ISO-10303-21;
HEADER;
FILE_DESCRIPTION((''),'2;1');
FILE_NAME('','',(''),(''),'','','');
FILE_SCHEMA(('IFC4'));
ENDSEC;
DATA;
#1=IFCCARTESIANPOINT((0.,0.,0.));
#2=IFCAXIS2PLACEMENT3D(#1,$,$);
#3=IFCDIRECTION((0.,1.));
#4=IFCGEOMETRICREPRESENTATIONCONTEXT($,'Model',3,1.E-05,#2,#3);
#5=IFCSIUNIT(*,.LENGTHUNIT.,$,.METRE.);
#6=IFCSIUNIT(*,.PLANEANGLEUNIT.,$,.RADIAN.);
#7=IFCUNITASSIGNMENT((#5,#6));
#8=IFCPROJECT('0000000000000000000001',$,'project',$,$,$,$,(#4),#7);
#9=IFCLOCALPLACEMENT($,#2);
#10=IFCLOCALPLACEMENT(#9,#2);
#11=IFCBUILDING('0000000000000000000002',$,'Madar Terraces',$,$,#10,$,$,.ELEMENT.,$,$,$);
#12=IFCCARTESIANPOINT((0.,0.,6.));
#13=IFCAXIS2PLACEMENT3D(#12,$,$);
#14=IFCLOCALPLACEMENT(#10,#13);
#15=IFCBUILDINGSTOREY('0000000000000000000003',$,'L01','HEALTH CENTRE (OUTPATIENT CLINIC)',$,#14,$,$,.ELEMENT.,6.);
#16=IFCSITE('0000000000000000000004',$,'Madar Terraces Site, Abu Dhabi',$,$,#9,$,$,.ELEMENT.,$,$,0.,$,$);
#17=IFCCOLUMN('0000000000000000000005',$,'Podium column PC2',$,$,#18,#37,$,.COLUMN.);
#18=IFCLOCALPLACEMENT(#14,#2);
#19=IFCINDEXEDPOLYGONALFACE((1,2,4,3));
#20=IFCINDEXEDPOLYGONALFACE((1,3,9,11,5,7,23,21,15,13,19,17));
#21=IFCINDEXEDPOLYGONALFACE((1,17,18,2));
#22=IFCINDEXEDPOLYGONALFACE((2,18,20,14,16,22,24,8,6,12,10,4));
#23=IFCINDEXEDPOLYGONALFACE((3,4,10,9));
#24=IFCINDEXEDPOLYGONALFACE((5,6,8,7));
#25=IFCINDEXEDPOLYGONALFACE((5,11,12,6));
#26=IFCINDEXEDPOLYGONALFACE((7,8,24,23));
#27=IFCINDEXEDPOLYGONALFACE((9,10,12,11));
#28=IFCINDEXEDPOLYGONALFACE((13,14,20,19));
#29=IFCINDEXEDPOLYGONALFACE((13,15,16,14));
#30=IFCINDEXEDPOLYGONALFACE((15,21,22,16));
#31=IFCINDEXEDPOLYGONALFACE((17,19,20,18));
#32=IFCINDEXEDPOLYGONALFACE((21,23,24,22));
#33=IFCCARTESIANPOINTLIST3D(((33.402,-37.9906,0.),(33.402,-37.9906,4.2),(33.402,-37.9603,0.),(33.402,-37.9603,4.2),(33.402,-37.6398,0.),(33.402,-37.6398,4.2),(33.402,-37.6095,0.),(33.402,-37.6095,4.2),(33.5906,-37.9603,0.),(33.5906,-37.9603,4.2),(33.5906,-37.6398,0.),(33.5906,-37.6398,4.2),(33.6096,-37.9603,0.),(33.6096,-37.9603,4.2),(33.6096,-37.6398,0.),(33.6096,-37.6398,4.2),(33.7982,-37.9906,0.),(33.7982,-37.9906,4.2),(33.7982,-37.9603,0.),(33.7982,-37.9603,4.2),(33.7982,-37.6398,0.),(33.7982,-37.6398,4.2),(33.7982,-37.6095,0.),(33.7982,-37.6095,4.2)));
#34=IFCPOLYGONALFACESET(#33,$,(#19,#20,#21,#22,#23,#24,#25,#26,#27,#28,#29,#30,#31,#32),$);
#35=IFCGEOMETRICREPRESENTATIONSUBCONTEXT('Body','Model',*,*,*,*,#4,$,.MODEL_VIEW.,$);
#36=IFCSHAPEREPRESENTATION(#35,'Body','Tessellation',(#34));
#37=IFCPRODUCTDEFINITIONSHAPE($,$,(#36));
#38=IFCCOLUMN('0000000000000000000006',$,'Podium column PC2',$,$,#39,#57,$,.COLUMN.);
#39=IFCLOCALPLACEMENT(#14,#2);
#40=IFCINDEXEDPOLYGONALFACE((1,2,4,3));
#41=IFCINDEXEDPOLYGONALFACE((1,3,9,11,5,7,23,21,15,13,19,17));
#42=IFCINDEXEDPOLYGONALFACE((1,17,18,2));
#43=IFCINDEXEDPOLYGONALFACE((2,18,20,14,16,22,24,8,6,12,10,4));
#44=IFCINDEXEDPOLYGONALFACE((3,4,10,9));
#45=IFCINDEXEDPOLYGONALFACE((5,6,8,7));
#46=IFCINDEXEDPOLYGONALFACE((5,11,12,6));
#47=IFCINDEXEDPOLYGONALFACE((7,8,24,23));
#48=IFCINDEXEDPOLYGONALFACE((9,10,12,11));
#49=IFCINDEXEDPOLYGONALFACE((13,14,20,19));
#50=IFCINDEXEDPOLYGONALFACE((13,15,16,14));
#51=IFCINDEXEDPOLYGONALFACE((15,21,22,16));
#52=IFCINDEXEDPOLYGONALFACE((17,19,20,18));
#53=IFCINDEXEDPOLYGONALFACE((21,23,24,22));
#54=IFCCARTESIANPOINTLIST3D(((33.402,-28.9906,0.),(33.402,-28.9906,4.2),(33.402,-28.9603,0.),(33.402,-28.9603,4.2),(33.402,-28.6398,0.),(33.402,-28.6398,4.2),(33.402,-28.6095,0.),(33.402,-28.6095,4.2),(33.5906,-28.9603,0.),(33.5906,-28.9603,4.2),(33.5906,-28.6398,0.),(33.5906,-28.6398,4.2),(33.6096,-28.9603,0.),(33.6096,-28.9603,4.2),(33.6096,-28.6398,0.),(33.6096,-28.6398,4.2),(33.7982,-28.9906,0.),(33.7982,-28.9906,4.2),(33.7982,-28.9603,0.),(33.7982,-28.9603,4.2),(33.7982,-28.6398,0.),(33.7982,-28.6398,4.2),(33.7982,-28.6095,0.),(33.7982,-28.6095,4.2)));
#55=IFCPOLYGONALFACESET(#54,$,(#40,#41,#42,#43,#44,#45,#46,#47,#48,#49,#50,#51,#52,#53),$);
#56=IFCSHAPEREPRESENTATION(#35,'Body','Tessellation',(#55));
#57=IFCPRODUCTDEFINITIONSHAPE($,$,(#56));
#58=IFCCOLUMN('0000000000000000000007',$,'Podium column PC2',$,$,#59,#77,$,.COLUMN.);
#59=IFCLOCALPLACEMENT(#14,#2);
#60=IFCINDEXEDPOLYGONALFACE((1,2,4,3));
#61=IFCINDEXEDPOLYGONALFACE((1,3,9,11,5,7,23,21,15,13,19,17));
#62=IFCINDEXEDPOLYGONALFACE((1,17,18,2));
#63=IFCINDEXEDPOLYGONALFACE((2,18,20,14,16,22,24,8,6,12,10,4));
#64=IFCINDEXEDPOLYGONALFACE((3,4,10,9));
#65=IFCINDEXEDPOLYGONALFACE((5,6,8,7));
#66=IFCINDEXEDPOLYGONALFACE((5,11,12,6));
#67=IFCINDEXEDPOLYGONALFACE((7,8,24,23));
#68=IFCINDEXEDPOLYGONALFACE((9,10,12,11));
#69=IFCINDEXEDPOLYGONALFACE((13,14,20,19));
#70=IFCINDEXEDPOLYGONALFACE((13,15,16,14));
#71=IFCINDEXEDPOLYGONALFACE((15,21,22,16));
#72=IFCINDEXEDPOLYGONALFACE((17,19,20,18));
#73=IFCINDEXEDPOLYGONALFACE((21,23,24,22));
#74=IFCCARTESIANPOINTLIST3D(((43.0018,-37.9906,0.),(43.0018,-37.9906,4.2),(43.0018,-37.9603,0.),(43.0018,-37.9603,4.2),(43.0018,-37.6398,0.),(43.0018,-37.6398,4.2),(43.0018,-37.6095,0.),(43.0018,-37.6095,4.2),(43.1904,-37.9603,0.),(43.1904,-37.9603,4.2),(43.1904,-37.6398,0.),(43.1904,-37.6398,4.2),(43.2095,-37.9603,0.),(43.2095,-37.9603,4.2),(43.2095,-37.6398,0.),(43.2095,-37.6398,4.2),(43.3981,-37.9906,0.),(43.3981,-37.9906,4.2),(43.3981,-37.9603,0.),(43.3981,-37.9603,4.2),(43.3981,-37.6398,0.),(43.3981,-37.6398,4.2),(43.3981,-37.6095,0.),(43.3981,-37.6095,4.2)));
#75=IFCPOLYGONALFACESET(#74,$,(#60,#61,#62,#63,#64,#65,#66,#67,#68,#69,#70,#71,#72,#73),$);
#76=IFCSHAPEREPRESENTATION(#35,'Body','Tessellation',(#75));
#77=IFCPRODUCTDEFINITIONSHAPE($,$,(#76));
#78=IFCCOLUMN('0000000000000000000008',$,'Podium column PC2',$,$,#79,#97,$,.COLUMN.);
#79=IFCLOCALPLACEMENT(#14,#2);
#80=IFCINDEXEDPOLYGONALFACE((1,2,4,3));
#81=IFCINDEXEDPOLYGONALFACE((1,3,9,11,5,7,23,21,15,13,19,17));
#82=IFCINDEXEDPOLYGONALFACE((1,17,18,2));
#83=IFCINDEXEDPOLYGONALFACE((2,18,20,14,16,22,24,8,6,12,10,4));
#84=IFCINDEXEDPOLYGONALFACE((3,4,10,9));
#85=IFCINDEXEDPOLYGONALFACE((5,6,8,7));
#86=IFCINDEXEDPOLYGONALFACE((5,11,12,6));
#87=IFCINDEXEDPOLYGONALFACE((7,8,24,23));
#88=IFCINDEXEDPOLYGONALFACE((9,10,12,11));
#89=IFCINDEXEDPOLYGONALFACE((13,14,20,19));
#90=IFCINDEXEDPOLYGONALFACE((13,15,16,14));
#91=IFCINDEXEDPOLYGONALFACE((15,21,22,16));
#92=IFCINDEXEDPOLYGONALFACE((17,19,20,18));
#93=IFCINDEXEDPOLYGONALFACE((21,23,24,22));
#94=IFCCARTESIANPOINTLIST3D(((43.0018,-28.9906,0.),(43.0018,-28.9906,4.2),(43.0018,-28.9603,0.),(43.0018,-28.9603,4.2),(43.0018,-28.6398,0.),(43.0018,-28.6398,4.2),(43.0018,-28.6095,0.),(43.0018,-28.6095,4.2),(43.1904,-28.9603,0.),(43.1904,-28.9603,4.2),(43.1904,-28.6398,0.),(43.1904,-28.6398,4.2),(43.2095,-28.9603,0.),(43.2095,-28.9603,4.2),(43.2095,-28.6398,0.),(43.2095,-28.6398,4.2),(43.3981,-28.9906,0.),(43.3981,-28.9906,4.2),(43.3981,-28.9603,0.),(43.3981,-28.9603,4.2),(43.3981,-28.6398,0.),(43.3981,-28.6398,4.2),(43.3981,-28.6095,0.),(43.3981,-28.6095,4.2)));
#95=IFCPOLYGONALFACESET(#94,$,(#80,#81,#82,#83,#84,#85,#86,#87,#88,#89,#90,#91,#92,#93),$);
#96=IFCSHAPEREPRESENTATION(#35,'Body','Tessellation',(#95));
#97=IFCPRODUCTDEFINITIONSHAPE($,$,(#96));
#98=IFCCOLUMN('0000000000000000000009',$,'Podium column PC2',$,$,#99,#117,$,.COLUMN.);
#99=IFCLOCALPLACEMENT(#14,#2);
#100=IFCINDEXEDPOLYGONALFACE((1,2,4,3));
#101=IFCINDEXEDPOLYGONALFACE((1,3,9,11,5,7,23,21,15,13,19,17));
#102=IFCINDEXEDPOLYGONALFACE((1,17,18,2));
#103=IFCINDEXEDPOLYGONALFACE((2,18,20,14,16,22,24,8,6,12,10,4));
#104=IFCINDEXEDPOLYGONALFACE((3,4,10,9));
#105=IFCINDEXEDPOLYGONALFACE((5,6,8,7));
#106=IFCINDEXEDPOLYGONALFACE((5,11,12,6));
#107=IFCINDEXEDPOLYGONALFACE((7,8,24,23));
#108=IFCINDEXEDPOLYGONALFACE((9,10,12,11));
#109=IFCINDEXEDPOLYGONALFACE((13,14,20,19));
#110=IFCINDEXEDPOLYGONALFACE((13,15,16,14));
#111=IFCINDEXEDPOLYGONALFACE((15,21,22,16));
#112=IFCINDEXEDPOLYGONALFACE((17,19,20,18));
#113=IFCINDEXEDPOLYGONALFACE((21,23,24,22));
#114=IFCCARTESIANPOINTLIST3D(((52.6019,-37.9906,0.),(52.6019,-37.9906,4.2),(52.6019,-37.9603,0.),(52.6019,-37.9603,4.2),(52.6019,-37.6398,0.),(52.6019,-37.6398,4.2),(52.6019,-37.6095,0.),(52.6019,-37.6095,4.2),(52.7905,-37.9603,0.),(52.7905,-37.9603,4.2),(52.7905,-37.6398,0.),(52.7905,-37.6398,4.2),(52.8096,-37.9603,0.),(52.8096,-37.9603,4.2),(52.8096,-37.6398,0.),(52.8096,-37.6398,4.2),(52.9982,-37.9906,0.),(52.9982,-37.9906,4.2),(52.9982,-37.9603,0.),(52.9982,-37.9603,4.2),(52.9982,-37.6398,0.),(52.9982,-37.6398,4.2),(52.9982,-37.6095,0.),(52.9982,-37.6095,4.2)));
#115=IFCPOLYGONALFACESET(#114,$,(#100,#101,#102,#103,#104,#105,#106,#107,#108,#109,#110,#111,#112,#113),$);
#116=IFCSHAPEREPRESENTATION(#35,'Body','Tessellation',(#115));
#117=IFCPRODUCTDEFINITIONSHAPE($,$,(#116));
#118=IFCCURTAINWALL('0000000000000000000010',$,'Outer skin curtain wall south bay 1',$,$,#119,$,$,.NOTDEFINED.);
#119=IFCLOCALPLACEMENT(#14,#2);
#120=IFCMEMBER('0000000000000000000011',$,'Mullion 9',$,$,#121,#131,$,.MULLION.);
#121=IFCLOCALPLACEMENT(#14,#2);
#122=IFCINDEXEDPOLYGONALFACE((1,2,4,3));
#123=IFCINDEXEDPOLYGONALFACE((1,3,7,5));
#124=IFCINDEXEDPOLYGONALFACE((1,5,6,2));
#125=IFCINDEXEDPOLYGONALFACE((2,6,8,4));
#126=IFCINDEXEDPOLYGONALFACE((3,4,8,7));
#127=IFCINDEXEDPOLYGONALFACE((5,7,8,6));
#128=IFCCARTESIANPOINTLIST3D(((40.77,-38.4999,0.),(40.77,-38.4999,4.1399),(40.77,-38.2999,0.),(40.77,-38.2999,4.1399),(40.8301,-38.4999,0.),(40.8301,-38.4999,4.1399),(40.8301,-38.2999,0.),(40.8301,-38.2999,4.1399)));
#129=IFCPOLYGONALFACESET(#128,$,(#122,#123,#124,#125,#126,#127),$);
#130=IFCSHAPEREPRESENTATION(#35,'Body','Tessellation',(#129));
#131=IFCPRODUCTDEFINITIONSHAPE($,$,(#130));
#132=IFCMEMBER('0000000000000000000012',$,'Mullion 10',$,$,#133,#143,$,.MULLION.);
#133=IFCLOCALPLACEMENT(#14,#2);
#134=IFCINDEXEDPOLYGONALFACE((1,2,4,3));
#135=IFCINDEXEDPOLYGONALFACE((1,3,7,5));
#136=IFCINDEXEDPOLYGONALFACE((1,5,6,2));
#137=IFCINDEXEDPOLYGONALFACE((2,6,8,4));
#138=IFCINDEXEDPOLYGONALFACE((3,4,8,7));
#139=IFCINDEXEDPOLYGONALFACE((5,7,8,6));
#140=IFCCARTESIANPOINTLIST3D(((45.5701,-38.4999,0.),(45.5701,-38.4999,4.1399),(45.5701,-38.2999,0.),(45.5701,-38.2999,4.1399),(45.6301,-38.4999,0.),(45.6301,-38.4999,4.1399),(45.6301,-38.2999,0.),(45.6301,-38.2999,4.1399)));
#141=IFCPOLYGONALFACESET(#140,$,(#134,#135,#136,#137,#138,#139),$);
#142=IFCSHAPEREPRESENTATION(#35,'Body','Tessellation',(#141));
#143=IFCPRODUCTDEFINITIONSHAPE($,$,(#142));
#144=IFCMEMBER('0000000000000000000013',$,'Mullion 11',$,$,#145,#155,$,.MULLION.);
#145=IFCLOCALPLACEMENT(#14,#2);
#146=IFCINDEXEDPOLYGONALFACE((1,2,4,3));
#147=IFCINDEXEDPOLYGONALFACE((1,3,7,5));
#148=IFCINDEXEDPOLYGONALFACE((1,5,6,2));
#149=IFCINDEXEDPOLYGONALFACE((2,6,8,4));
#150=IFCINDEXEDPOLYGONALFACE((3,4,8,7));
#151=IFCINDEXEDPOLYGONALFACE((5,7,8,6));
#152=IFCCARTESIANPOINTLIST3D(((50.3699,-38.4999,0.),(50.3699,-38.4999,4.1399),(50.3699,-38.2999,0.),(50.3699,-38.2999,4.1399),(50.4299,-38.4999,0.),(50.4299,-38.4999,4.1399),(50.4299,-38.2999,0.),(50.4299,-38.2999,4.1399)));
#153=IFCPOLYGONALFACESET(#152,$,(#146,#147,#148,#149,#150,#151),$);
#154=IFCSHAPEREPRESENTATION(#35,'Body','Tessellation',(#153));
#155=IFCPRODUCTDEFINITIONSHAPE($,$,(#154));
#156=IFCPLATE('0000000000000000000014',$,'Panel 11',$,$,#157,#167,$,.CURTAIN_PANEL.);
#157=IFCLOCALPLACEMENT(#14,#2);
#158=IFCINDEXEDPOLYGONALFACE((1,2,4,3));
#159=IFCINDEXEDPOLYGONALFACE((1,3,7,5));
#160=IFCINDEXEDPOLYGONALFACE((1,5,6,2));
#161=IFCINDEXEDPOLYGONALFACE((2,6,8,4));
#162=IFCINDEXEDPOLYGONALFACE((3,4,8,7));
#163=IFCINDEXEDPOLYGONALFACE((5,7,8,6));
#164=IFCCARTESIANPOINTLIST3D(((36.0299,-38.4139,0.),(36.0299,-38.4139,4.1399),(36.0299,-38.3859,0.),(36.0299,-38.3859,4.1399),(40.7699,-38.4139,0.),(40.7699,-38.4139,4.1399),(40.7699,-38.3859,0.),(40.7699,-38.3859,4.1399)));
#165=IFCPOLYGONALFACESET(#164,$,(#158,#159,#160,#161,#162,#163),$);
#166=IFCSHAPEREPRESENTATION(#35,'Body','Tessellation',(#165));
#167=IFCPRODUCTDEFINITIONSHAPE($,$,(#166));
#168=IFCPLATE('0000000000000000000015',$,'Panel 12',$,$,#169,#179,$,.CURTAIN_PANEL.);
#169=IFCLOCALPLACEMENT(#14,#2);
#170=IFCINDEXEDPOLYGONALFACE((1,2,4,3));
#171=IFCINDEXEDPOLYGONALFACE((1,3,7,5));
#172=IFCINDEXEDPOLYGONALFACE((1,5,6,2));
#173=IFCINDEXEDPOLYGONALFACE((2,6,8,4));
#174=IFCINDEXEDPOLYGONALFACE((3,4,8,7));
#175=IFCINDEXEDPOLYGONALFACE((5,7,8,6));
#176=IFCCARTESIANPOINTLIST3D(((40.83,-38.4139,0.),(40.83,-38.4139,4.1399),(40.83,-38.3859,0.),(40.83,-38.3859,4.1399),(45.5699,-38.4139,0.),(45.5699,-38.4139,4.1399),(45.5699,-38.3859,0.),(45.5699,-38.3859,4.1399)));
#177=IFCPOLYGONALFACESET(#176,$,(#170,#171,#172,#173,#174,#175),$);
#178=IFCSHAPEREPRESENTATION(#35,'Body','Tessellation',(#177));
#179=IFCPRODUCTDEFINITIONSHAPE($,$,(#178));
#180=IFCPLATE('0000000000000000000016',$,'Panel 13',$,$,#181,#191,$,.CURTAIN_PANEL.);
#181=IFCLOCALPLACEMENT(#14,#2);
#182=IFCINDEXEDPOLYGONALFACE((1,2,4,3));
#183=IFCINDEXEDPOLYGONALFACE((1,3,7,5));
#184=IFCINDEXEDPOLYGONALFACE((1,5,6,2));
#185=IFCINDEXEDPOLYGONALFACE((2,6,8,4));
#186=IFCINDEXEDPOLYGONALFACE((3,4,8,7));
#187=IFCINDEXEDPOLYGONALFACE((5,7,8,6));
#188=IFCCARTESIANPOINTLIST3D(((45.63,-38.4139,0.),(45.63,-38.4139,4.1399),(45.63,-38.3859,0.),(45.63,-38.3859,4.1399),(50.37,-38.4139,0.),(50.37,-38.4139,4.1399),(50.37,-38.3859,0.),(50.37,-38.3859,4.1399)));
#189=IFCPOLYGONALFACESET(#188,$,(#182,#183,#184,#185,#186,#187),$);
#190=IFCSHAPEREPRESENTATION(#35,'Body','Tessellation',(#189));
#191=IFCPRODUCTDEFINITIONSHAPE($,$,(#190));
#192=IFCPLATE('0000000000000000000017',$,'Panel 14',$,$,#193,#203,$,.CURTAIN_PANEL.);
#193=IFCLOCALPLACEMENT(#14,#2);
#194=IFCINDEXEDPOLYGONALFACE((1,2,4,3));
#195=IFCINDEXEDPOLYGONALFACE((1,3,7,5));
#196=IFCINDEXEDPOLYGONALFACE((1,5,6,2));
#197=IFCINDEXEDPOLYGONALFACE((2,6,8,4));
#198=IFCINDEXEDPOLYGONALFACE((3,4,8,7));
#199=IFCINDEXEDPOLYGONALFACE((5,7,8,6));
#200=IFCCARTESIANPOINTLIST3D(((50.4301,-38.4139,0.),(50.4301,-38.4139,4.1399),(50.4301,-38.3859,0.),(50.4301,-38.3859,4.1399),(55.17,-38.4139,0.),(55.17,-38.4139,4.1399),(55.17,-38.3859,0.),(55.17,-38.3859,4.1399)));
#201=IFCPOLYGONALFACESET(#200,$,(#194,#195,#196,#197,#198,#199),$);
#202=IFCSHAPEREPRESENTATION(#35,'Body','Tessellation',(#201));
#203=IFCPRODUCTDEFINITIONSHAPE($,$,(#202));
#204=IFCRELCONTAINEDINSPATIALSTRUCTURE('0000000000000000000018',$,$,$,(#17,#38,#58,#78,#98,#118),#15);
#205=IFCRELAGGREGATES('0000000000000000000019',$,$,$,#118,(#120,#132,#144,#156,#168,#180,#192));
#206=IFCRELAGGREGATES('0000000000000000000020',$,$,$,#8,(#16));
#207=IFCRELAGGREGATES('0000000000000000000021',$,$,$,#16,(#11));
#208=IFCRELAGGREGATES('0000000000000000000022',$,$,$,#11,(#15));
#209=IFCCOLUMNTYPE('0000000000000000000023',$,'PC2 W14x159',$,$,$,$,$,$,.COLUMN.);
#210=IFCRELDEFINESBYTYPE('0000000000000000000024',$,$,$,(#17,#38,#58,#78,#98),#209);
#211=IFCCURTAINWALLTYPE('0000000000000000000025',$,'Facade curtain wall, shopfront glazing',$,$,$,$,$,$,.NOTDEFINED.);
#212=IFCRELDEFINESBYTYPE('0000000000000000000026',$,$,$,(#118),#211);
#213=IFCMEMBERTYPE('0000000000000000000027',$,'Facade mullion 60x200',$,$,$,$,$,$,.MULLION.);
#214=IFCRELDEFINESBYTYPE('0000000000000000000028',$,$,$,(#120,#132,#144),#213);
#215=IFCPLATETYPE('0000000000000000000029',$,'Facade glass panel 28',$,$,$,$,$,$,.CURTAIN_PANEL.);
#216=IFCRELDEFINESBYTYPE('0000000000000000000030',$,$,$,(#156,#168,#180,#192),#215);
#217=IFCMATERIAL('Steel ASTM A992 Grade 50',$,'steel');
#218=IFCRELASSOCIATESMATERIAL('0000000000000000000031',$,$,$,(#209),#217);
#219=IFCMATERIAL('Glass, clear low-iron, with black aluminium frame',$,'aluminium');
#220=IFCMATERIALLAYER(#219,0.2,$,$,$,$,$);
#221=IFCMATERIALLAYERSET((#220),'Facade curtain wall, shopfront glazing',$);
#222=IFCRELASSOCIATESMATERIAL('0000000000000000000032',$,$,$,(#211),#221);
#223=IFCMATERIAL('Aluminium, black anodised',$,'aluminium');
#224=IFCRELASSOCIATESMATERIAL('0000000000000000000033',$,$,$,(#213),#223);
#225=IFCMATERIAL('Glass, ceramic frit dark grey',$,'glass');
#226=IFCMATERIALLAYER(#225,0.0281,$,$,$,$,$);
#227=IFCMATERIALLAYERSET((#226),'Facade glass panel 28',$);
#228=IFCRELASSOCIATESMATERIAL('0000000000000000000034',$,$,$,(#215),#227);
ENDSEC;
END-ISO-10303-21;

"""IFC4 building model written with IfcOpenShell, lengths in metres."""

from ifc_helpers import new_model, si_unit, direction, frame, origin, origin_2d, place, context, subcontext, project, spatial, rectangle, i_section, extrude, material, layer, layer_set, material_profile, profile_set, type_object, element, aggregate, save


model = new_model("IFC4")

# Units and contexts
model_context = context("Model", 3, precision=1e-05, world=origin(), true_north=direction((0.0, 1.0)))
body_context = subcontext(model_context, "Body", "Model", "MODEL_VIEW")
ifc_project = project(units=[si_unit("LENGTHUNIT", "METRE"), si_unit("PLANEANGLEUNIT", "RADIAN")], contexts=[model_context])

# Site, building, storey
site_placement = place(None, origin())
site = spatial("IfcSite", under=ifc_project, at=site_placement, Name="Madar Terraces Site, Abu Dhabi", CompositionType="ELEMENT", RefElevation=0.0)
building_placement = place(site_placement, origin())
building = spatial("IfcBuilding", under=site, at=building_placement, Name="Madar Terraces", CompositionType="ELEMENT")
storey_placement = place(building_placement, frame((0.0, 0.0, 6.0)))
storey = spatial("IfcBuildingStorey", under=building, at=storey_placement, Name="L01", Description="HEALTH CENTRE (OUTPATIENT CLINIC)", CompositionType="ELEMENT", Elevation=6.0)

# Columns
ifc_material_1 = material(Name="Steel ASTM A992 Grade 50", Category="steel")
ifc_material_profile_1 = material_profile(ifc_material_1, i_section(OverallWidth=0.3962, OverallDepth=0.3811, WebThickness=0.019, FlangeThickness=0.0303, at=origin_2d()), Name="W14x159")
ifc_profile_set_1 = profile_set([ifc_material_profile_1], Name="Steel ASTM A992 Grade 50")
column_type = type_object("IfcColumnType", Name="PC2 W14x159", PredefinedType="COLUMN", material=ifc_profile_set_1)
for number, where, z_axis, x_axis, name in (
    (1, (33.6001, -37.8, 0.0), (0.0, 0.0, 1.0), (1.0, 0.0, 0.0), "Podium column PC2"),
    (2, (33.6001, -28.8, 0.0), (0.0, 0.0, 1.0), (1.0, 0.0, 0.0), "Podium column PC2"),
    (3, (43.2, -37.8, 0.0), (0.0, 0.0, 1.0), (1.0, 0.0, 0.0), "Podium column PC2"),
    (4, (43.2, -28.8, 0.0), (0.0, 0.0, 1.0), (1.0, 0.0, 0.0), "Podium column PC2"),
    (5, (52.8, -37.8, 0.0), (0.0, 0.0, 1.0), (1.0, 0.0, 0.0), "Podium column PC2"),
):
    element("IfcColumn", number, at=place(storey_placement, frame(where, z_axis=z_axis, x_axis=x_axis)), inside=storey, type_object=column_type, Name=name, PredefinedType="COLUMN", context=body_context, shape_type="SweptSolid", body=[
        extrude(i_section(OverallWidth=0.3962, OverallDepth=0.3811, WebThickness=0.019, FlangeThickness=0.0303, at=origin_2d()), origin(), (0.0, 0.0, 1.0), 4.2),
    ])

# Curtain wall, members, plates
ifc_material_2 = material(Name="Glass, clear low-iron, with black aluminium frame", Category="aluminium")
ifc_layer_1 = layer(ifc_material_2, 0.2)
ifc_layer_set_1 = layer_set([ifc_layer_1], Name="Facade curtain wall, shopfront glazing")
curtain_wall_type = type_object("IfcCurtainWallType", Name="Facade curtain wall, shopfront glazing", PredefinedType="NOTDEFINED", material=ifc_layer_set_1)
curtain_wall_placement = place(storey_placement, origin())
curtain_wall = element("IfcCurtainWall", 6, at=curtain_wall_placement, inside=storey, type_object=curtain_wall_type, Name="Outer skin curtain wall south bay 1", PredefinedType="NOTDEFINED")
ifc_material_3 = material(Name="Aluminium, black anodised", Category="aluminium")
ifc_material_profile_2 = material_profile(ifc_material_3, rectangle(XDim=0.2, YDim=0.0601, at=origin_2d()), Name="Facade mullion 60x200")
ifc_profile_set_2 = profile_set([ifc_material_profile_2], Name="Aluminium, black anodised")
member_type = type_object("IfcMemberType", Name="Facade mullion 60x200", PredefinedType="MULLION", material=ifc_profile_set_2)
member_1_placement = place(storey_placement, frame((40.8, -38.3999, 0.0), z_axis=(0.0, 0.0, 1.0), x_axis=(0.0, 1.0, 0.0)))
member_1 = element("IfcMember", 7, at=member_1_placement, type_object=member_type, Name="Mullion 9", PredefinedType="MULLION", context=body_context, shape_type="SweptSolid", body=[
    extrude(rectangle(XDim=0.2, YDim=0.0601, at=origin_2d()), origin(), (0.0, 0.0, 1.0), 4.1399),
])
member_2_placement = place(storey_placement, frame((45.6001, -38.3999, 0.0), z_axis=(0.0, 0.0, 1.0), x_axis=(0.0, 1.0, 0.0)))
member_2 = element("IfcMember", 8, at=member_2_placement, type_object=member_type, Name="Mullion 10", PredefinedType="MULLION", context=body_context, shape_type="SweptSolid", body=[
    extrude(rectangle(XDim=0.2, YDim=0.0601, at=origin_2d()), origin(), (0.0, 0.0, 1.0), 4.1399),
])
member_3_placement = place(storey_placement, frame((50.3999, -38.3999, 0.0), z_axis=(0.0, 0.0, 1.0), x_axis=(0.0, 1.0, 0.0)))
member_3 = element("IfcMember", 9, at=member_3_placement, type_object=member_type, Name="Mullion 11", PredefinedType="MULLION", context=body_context, shape_type="SweptSolid", body=[
    extrude(rectangle(XDim=0.2, YDim=0.0601, at=origin_2d()), origin(), (0.0, 0.0, 1.0), 4.1399),
])
ifc_material_4 = material(Name="Glass, ceramic frit dark grey", Category="glass")
ifc_layer_2 = layer(ifc_material_4, 0.0281)
ifc_layer_set_2 = layer_set([ifc_layer_2], Name="Facade glass panel 28")
plate_type = type_object("IfcPlateType", Name="Facade glass panel 28", PredefinedType="CURTAIN_PANEL", material=ifc_layer_set_2)
plate_1_placement = place(storey_placement, frame((38.3999, -38.3999, 0.0), z_axis=(0.0, 0.0, 1.0), x_axis=(1.0, 0.0, 0.0)))
plate_1 = element("IfcPlate", 10, at=plate_1_placement, type_object=plate_type, Name="Panel 11", PredefinedType="CURTAIN_PANEL", context=body_context, shape_type="SweptSolid", body=[
    extrude(rectangle(XDim=4.74, YDim=0.0281, at=origin_2d()), origin(), (0.0, 0.0, 1.0), 4.1399),
])
plate_2_placement = place(storey_placement, frame((43.2, -38.3999, 0.0), z_axis=(0.0, 0.0, 1.0), x_axis=(1.0, 0.0, 0.0)))
plate_2 = element("IfcPlate", 11, at=plate_2_placement, type_object=plate_type, Name="Panel 12", PredefinedType="CURTAIN_PANEL", context=body_context, shape_type="SweptSolid", body=[
    extrude(rectangle(XDim=4.74, YDim=0.0281, at=origin_2d()), origin(), (0.0, 0.0, 1.0), 4.1399),
])
plate_3_placement = place(storey_placement, frame((48.0, -38.3999, 0.0), z_axis=(0.0, 0.0, 1.0), x_axis=(1.0, 0.0, 0.0)))
plate_3 = element("IfcPlate", 12, at=plate_3_placement, type_object=plate_type, Name="Panel 13", PredefinedType="CURTAIN_PANEL", context=body_context, shape_type="SweptSolid", body=[
    extrude(rectangle(XDim=4.74, YDim=0.0281, at=origin_2d()), origin(), (0.0, 0.0, 1.0), 4.1399),
])
plate_4_placement = place(storey_placement, frame((52.8, -38.3999, 0.0), z_axis=(0.0, 0.0, 1.0), x_axis=(1.0, 0.0, 0.0)))
plate_4 = element("IfcPlate", 13, at=plate_4_placement, type_object=plate_type, Name="Panel 14", PredefinedType="CURTAIN_PANEL", context=body_context, shape_type="SweptSolid", body=[
    extrude(rectangle(XDim=4.74, YDim=0.0281, at=origin_2d()), origin(), (0.0, 0.0, 1.0), 4.1399),
])
aggregate(curtain_wall, [member_1, member_2, member_3, plate_1, plate_2, plate_3, plate_4])

save(model, "model.ifc")
